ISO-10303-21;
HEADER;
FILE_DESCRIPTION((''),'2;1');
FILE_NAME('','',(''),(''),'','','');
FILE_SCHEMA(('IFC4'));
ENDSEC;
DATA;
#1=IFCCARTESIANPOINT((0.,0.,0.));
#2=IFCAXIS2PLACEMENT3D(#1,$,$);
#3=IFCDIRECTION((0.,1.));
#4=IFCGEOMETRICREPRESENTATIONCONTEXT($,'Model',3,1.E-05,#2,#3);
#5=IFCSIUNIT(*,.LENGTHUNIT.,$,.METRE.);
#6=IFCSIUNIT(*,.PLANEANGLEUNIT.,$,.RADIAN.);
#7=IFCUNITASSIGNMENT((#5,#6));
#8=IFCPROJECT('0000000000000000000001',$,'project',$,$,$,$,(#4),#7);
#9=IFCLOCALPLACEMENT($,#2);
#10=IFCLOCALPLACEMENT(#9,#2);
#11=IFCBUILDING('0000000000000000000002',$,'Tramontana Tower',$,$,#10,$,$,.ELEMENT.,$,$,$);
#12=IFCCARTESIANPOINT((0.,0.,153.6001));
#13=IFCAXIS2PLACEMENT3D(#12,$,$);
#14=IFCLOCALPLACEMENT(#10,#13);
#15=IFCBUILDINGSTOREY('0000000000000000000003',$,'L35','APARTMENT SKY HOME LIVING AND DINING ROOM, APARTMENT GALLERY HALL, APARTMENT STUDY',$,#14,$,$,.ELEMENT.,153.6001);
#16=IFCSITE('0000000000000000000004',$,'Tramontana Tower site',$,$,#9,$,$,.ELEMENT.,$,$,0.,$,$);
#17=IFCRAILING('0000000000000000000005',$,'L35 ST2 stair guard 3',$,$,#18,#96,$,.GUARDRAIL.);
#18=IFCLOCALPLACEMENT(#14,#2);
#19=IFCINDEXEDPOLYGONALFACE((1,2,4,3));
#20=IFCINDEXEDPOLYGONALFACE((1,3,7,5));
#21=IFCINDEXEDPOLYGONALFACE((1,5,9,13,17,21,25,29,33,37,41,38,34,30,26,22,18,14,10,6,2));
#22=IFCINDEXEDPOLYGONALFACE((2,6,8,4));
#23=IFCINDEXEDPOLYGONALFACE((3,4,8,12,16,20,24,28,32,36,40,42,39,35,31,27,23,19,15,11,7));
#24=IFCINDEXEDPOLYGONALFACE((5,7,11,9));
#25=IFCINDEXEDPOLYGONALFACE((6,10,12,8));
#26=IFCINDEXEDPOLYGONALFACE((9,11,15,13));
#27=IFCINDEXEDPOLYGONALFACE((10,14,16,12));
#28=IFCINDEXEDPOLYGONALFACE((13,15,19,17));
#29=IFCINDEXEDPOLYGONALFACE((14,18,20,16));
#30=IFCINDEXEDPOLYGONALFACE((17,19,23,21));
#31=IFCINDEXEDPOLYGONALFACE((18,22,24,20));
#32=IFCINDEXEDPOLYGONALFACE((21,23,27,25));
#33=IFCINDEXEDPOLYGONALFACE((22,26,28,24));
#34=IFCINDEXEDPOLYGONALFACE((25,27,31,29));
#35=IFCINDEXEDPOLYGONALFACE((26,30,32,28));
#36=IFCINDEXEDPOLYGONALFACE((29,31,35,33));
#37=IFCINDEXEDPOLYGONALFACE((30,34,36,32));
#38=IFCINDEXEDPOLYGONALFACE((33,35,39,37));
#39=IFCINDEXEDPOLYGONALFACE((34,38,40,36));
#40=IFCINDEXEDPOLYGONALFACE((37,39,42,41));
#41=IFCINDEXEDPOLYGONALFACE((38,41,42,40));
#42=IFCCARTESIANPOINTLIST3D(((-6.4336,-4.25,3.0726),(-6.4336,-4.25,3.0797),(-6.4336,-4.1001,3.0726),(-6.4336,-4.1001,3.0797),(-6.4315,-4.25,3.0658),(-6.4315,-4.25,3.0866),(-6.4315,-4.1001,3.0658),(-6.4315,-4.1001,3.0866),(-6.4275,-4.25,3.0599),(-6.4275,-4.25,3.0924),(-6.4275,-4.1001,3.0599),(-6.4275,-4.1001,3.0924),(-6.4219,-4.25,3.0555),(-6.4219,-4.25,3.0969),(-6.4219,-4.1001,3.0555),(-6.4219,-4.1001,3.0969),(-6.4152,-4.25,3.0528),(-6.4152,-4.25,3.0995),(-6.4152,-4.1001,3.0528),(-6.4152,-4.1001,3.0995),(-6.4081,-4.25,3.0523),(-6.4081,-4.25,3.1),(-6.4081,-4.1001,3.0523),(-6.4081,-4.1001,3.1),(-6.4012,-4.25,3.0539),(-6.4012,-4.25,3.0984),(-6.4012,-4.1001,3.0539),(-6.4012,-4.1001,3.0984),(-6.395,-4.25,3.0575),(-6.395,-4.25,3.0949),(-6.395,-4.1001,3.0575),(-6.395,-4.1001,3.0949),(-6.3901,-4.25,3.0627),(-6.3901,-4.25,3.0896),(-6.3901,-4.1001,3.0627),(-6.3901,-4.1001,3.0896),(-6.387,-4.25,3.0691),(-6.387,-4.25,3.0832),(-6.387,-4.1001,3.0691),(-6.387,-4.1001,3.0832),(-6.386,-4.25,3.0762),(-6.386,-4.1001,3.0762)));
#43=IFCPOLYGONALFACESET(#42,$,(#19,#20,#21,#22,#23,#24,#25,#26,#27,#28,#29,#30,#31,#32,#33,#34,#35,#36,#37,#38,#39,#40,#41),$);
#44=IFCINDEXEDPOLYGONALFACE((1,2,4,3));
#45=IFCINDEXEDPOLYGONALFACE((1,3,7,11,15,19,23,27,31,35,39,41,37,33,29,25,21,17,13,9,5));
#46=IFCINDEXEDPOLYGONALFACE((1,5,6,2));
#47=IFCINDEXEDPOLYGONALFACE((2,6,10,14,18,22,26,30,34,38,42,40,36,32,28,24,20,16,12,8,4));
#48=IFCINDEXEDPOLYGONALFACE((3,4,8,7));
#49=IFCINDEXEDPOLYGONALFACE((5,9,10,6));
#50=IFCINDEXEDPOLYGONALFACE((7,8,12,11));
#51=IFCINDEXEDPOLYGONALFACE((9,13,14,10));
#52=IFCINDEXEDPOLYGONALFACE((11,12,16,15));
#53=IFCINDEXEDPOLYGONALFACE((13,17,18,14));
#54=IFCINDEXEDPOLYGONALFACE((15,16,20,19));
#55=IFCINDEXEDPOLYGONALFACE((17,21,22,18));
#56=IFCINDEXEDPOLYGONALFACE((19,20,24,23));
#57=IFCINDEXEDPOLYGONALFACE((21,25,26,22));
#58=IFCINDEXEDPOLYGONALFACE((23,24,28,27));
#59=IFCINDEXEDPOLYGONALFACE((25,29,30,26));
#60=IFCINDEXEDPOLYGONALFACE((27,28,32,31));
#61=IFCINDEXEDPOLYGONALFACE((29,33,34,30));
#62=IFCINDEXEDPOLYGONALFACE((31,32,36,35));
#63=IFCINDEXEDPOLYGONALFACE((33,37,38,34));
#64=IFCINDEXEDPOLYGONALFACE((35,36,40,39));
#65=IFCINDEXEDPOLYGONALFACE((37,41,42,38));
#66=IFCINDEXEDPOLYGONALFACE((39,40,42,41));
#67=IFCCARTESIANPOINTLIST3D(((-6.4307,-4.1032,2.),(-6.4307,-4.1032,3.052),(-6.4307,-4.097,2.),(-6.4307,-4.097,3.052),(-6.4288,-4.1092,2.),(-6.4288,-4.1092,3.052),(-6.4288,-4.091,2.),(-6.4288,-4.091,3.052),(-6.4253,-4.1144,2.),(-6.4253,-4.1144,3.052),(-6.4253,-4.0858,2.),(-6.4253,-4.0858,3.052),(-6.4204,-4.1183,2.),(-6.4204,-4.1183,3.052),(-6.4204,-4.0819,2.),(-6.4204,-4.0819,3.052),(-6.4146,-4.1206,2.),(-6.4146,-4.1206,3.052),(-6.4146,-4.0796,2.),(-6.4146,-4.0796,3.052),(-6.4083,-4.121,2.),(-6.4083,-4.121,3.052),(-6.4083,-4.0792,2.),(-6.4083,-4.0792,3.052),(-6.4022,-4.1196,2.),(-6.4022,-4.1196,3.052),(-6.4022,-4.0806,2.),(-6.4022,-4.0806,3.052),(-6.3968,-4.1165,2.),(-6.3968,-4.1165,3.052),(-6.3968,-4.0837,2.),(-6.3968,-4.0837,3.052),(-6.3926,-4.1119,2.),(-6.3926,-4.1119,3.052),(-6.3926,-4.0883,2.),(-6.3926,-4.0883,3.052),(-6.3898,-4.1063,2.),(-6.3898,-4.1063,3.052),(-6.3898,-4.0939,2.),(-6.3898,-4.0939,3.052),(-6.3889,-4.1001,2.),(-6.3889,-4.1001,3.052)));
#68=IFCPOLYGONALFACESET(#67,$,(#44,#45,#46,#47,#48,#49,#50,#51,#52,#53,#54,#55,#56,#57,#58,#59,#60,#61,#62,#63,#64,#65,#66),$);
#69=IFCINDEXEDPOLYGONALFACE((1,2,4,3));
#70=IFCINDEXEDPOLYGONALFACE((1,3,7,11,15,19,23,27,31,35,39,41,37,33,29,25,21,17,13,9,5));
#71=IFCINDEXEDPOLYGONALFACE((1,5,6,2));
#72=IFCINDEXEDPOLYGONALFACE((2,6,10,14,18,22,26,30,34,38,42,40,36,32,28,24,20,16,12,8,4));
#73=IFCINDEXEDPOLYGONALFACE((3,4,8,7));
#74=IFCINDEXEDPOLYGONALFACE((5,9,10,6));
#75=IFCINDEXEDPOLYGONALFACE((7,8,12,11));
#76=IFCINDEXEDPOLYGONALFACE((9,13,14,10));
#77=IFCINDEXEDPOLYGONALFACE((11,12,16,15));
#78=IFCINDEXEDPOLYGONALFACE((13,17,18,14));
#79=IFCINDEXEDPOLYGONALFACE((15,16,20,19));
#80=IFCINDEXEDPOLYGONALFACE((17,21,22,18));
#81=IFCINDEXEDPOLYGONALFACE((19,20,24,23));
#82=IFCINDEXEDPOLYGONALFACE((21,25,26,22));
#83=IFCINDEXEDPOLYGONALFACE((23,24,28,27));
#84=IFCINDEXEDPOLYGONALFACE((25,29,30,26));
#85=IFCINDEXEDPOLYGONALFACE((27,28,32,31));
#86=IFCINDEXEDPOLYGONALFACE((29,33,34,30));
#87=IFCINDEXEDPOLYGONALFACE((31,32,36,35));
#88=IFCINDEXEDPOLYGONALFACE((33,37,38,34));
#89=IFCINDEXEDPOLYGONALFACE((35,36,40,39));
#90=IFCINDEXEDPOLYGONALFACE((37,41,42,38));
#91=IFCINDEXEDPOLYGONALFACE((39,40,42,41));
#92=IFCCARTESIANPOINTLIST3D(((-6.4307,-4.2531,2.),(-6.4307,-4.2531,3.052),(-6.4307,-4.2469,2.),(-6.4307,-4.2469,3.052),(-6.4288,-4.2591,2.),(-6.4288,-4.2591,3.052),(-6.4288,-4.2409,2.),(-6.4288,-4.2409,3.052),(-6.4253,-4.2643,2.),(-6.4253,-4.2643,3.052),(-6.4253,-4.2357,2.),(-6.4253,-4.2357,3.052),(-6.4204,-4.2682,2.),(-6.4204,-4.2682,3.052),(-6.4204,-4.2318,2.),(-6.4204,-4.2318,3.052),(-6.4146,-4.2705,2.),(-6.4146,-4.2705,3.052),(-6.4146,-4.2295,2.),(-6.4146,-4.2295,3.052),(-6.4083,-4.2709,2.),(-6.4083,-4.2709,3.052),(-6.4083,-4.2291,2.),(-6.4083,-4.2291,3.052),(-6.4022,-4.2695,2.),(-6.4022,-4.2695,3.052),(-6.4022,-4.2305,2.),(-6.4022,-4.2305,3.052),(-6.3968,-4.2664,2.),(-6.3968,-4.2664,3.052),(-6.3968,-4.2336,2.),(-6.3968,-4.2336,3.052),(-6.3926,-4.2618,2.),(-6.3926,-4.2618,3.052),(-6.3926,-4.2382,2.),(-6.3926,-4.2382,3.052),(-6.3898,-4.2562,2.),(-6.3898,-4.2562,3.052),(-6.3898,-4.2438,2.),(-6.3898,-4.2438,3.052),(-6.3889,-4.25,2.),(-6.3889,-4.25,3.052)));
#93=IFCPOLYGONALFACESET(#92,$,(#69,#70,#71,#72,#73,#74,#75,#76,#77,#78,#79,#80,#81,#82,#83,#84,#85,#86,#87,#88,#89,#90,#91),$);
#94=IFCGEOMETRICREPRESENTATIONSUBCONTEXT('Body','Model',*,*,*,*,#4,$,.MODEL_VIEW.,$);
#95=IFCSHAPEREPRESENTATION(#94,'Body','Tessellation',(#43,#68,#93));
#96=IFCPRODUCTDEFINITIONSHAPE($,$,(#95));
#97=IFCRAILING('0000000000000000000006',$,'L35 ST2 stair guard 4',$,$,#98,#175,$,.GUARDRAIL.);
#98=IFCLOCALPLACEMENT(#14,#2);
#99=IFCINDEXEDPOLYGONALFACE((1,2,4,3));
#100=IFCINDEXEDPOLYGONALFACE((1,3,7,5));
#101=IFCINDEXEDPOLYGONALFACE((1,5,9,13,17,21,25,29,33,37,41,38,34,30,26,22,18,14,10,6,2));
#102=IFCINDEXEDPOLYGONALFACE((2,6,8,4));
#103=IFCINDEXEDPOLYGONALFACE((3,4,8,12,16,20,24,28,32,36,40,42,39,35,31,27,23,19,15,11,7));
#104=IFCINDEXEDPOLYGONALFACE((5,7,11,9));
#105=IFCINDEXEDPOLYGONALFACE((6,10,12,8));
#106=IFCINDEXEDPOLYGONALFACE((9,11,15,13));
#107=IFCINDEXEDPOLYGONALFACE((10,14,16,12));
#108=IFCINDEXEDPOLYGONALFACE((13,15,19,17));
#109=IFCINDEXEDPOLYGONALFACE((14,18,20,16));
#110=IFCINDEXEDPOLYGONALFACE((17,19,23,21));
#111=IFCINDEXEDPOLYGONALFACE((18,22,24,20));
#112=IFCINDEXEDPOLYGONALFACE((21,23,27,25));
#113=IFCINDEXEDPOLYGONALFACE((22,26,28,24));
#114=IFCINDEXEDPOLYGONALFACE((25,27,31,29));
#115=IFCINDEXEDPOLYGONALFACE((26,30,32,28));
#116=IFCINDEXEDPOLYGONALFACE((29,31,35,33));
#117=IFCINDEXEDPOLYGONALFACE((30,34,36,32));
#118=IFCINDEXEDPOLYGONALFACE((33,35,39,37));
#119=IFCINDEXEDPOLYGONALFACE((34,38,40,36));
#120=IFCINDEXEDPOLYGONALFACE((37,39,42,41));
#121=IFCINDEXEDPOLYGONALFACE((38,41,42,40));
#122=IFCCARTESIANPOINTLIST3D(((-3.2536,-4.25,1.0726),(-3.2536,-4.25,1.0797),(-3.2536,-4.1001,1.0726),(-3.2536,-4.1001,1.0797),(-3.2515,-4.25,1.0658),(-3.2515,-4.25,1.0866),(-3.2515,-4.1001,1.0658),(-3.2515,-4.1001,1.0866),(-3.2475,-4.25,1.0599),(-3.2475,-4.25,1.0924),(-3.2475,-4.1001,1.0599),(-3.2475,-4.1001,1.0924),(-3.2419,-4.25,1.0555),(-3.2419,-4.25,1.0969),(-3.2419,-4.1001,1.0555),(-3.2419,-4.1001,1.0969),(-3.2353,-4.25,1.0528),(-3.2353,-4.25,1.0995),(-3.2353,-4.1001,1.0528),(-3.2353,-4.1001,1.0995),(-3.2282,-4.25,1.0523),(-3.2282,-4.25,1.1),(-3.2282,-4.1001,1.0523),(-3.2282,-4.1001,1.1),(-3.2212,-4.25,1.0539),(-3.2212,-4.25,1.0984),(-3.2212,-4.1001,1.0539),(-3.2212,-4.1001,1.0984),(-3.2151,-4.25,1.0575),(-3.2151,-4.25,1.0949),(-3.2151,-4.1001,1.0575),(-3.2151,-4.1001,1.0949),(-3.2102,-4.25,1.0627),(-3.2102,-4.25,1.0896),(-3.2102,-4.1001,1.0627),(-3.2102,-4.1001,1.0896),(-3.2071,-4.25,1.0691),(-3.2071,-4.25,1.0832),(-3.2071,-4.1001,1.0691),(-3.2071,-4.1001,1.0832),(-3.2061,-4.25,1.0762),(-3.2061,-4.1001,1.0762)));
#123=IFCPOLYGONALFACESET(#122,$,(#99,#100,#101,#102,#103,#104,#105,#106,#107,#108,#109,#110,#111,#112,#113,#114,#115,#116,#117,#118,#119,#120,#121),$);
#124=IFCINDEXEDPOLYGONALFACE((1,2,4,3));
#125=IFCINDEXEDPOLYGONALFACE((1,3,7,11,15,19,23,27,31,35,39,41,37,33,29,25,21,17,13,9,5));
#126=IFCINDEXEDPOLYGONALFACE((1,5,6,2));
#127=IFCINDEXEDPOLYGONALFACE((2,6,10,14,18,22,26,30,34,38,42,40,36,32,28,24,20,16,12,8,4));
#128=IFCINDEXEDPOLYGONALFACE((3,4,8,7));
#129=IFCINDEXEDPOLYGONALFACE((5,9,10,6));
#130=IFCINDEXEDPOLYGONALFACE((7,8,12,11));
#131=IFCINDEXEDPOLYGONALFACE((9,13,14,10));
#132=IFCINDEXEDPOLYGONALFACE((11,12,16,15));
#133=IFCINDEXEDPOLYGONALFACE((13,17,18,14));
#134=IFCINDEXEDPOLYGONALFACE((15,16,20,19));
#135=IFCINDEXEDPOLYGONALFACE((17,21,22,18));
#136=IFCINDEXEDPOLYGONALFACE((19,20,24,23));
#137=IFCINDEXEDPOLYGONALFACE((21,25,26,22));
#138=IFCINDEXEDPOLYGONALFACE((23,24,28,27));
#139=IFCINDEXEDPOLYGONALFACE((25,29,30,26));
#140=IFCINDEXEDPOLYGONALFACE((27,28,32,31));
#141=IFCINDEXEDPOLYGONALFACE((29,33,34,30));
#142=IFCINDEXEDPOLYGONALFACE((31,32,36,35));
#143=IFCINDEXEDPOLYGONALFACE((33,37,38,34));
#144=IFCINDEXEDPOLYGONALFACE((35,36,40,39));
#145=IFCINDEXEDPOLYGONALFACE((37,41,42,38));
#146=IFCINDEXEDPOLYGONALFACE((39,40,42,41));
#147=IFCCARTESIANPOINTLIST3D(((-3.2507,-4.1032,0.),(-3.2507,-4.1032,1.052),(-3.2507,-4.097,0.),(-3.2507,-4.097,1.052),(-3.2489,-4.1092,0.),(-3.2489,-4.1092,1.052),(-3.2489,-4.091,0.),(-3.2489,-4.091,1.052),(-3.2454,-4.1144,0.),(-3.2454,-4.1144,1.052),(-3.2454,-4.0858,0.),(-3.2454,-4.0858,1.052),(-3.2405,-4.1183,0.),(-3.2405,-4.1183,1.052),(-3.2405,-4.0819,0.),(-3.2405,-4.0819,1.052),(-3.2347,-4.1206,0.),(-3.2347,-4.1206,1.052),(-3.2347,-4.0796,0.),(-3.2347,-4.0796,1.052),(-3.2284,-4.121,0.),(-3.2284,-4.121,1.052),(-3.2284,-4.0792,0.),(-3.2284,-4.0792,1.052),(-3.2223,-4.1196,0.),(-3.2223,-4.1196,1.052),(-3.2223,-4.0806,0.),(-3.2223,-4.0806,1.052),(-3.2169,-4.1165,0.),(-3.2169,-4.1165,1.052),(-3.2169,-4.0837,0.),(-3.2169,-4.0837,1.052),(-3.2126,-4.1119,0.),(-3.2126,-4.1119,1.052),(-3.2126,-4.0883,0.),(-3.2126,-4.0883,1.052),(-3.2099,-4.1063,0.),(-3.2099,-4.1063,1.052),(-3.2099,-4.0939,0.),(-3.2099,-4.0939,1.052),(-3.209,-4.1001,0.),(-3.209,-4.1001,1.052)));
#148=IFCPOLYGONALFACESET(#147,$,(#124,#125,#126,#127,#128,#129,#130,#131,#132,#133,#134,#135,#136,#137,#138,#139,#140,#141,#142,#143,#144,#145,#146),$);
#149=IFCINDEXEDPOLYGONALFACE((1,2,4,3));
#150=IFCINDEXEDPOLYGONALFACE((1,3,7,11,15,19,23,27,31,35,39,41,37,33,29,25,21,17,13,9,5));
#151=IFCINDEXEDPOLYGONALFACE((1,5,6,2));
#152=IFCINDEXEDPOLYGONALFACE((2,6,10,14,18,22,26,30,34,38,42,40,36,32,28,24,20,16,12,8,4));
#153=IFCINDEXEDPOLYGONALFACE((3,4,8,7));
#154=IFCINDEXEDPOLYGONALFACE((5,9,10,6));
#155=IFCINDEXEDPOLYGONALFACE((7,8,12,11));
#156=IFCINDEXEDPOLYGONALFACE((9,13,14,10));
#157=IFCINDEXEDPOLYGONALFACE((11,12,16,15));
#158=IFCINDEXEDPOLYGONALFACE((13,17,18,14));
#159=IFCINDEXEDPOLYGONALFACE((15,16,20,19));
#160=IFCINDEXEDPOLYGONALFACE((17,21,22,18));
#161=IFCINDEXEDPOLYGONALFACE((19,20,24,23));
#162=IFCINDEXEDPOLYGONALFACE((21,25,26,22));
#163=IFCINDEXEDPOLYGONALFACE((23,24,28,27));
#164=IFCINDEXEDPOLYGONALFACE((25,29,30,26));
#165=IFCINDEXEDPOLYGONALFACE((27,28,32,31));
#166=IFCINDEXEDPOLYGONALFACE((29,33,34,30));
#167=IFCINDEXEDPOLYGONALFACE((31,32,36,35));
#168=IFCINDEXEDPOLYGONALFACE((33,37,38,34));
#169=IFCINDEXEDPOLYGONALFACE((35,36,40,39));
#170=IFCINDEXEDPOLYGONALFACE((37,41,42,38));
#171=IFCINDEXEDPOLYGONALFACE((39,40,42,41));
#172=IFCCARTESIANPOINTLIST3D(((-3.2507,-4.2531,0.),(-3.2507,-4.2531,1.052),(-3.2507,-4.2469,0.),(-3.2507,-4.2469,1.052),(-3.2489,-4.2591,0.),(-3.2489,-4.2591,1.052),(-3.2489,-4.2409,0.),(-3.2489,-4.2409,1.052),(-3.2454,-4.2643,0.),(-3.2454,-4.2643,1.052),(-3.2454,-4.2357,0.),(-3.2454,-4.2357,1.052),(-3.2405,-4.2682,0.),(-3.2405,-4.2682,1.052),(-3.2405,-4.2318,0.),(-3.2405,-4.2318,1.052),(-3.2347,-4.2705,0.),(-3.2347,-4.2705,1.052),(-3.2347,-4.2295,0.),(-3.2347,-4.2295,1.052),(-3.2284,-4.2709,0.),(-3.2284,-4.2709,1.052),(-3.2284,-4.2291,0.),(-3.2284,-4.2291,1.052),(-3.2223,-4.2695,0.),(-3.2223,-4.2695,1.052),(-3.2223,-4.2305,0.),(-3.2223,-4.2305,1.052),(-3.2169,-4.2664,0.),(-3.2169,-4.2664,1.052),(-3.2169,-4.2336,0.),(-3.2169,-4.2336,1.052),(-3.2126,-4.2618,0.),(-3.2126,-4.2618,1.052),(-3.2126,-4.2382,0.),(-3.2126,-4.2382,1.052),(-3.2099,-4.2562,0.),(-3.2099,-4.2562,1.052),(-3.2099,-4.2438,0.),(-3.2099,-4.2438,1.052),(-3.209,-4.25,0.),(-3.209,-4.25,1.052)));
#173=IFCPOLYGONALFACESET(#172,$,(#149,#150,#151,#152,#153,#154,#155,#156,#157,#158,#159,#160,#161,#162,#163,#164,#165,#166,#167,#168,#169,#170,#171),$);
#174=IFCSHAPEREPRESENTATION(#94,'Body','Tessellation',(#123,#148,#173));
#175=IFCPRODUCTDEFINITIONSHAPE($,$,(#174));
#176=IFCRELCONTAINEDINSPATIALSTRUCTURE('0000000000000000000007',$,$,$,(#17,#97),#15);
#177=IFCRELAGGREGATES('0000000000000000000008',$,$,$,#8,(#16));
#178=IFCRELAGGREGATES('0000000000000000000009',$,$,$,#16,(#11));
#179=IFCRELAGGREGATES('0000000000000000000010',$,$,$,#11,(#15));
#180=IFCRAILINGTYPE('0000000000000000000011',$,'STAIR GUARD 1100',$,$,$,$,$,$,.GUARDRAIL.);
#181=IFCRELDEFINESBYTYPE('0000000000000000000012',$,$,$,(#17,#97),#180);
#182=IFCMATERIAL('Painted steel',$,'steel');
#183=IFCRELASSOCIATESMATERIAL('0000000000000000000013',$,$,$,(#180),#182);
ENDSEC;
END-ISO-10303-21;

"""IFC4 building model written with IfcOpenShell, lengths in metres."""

from ifc_helpers import new_model, si_unit, direction, frame, origin, origin_2d, place, context, subcontext, project, spatial, circle, extrude, material, type_object, element, save


model = new_model("IFC4")

# Units and contexts
model_context = context("Model", 3, precision=1e-05, world=origin(), true_north=direction((0.0, 1.0)))
body_context = subcontext(model_context, "Body", "Model", "MODEL_VIEW")
ifc_project = project(units=[si_unit("LENGTHUNIT", "METRE"), si_unit("PLANEANGLEUNIT", "RADIAN")], contexts=[model_context])

# Site, building, storey
site_placement = place(None, origin())
site = spatial("IfcSite", under=ifc_project, at=site_placement, Name="Tramontana Tower site", CompositionType="ELEMENT", RefElevation=0.0)
building_placement = place(site_placement, origin())
building = spatial("IfcBuilding", under=site, at=building_placement, Name="Tramontana Tower", CompositionType="ELEMENT")
storey_placement = place(building_placement, frame((0.0, 0.0, 153.6001)))
storey = spatial("IfcBuildingStorey", under=building, at=storey_placement, Name="L35", Description="APARTMENT SKY HOME LIVING AND DINING ROOM, APARTMENT GALLERY HALL, APARTMENT STUDY", CompositionType="ELEMENT", Elevation=153.6001)

# Railings
ifc_material_1 = material(Name="Painted steel", Category="steel")
railing_type_1 = type_object("IfcRailingType", Name="STAIR GUARD 1100", PredefinedType="GUARDRAIL", material=ifc_material_1)
for number, where, name in (
    (1, (-6.4099, -4.1001, 2.0), "L35 ST2 stair guard 3"),
    (2, (-3.23, -4.1001, 0.0), "L35 ST2 stair guard 4"),
):
    element("IfcRailing", number, at=place(storey_placement, frame(where)), inside=storey, type_object=railing_type_1, Name=name, PredefinedType="GUARDRAIL", context=body_context, shape_type="SweptSolid", body=[
        extrude(circle(Radius=0.0239, at=origin_2d()), frame((0.0, 0.0, 1.0762), z_axis=(0.0, -1.0, 0.0), x_axis=(1.0, 0.0, 0.0)), (0.0, 0.0, 1.0), 0.1499),
        extrude(circle(Radius=0.021, at=origin_2d()), origin(), (0.0, 0.0, 1.0), 1.052),
        extrude(circle(Radius=0.021, at=origin_2d()), frame((0.0, -0.1499, 0.0)), (0.0, 0.0, 1.0), 1.052),
    ])

save(model, "model.ifc")
